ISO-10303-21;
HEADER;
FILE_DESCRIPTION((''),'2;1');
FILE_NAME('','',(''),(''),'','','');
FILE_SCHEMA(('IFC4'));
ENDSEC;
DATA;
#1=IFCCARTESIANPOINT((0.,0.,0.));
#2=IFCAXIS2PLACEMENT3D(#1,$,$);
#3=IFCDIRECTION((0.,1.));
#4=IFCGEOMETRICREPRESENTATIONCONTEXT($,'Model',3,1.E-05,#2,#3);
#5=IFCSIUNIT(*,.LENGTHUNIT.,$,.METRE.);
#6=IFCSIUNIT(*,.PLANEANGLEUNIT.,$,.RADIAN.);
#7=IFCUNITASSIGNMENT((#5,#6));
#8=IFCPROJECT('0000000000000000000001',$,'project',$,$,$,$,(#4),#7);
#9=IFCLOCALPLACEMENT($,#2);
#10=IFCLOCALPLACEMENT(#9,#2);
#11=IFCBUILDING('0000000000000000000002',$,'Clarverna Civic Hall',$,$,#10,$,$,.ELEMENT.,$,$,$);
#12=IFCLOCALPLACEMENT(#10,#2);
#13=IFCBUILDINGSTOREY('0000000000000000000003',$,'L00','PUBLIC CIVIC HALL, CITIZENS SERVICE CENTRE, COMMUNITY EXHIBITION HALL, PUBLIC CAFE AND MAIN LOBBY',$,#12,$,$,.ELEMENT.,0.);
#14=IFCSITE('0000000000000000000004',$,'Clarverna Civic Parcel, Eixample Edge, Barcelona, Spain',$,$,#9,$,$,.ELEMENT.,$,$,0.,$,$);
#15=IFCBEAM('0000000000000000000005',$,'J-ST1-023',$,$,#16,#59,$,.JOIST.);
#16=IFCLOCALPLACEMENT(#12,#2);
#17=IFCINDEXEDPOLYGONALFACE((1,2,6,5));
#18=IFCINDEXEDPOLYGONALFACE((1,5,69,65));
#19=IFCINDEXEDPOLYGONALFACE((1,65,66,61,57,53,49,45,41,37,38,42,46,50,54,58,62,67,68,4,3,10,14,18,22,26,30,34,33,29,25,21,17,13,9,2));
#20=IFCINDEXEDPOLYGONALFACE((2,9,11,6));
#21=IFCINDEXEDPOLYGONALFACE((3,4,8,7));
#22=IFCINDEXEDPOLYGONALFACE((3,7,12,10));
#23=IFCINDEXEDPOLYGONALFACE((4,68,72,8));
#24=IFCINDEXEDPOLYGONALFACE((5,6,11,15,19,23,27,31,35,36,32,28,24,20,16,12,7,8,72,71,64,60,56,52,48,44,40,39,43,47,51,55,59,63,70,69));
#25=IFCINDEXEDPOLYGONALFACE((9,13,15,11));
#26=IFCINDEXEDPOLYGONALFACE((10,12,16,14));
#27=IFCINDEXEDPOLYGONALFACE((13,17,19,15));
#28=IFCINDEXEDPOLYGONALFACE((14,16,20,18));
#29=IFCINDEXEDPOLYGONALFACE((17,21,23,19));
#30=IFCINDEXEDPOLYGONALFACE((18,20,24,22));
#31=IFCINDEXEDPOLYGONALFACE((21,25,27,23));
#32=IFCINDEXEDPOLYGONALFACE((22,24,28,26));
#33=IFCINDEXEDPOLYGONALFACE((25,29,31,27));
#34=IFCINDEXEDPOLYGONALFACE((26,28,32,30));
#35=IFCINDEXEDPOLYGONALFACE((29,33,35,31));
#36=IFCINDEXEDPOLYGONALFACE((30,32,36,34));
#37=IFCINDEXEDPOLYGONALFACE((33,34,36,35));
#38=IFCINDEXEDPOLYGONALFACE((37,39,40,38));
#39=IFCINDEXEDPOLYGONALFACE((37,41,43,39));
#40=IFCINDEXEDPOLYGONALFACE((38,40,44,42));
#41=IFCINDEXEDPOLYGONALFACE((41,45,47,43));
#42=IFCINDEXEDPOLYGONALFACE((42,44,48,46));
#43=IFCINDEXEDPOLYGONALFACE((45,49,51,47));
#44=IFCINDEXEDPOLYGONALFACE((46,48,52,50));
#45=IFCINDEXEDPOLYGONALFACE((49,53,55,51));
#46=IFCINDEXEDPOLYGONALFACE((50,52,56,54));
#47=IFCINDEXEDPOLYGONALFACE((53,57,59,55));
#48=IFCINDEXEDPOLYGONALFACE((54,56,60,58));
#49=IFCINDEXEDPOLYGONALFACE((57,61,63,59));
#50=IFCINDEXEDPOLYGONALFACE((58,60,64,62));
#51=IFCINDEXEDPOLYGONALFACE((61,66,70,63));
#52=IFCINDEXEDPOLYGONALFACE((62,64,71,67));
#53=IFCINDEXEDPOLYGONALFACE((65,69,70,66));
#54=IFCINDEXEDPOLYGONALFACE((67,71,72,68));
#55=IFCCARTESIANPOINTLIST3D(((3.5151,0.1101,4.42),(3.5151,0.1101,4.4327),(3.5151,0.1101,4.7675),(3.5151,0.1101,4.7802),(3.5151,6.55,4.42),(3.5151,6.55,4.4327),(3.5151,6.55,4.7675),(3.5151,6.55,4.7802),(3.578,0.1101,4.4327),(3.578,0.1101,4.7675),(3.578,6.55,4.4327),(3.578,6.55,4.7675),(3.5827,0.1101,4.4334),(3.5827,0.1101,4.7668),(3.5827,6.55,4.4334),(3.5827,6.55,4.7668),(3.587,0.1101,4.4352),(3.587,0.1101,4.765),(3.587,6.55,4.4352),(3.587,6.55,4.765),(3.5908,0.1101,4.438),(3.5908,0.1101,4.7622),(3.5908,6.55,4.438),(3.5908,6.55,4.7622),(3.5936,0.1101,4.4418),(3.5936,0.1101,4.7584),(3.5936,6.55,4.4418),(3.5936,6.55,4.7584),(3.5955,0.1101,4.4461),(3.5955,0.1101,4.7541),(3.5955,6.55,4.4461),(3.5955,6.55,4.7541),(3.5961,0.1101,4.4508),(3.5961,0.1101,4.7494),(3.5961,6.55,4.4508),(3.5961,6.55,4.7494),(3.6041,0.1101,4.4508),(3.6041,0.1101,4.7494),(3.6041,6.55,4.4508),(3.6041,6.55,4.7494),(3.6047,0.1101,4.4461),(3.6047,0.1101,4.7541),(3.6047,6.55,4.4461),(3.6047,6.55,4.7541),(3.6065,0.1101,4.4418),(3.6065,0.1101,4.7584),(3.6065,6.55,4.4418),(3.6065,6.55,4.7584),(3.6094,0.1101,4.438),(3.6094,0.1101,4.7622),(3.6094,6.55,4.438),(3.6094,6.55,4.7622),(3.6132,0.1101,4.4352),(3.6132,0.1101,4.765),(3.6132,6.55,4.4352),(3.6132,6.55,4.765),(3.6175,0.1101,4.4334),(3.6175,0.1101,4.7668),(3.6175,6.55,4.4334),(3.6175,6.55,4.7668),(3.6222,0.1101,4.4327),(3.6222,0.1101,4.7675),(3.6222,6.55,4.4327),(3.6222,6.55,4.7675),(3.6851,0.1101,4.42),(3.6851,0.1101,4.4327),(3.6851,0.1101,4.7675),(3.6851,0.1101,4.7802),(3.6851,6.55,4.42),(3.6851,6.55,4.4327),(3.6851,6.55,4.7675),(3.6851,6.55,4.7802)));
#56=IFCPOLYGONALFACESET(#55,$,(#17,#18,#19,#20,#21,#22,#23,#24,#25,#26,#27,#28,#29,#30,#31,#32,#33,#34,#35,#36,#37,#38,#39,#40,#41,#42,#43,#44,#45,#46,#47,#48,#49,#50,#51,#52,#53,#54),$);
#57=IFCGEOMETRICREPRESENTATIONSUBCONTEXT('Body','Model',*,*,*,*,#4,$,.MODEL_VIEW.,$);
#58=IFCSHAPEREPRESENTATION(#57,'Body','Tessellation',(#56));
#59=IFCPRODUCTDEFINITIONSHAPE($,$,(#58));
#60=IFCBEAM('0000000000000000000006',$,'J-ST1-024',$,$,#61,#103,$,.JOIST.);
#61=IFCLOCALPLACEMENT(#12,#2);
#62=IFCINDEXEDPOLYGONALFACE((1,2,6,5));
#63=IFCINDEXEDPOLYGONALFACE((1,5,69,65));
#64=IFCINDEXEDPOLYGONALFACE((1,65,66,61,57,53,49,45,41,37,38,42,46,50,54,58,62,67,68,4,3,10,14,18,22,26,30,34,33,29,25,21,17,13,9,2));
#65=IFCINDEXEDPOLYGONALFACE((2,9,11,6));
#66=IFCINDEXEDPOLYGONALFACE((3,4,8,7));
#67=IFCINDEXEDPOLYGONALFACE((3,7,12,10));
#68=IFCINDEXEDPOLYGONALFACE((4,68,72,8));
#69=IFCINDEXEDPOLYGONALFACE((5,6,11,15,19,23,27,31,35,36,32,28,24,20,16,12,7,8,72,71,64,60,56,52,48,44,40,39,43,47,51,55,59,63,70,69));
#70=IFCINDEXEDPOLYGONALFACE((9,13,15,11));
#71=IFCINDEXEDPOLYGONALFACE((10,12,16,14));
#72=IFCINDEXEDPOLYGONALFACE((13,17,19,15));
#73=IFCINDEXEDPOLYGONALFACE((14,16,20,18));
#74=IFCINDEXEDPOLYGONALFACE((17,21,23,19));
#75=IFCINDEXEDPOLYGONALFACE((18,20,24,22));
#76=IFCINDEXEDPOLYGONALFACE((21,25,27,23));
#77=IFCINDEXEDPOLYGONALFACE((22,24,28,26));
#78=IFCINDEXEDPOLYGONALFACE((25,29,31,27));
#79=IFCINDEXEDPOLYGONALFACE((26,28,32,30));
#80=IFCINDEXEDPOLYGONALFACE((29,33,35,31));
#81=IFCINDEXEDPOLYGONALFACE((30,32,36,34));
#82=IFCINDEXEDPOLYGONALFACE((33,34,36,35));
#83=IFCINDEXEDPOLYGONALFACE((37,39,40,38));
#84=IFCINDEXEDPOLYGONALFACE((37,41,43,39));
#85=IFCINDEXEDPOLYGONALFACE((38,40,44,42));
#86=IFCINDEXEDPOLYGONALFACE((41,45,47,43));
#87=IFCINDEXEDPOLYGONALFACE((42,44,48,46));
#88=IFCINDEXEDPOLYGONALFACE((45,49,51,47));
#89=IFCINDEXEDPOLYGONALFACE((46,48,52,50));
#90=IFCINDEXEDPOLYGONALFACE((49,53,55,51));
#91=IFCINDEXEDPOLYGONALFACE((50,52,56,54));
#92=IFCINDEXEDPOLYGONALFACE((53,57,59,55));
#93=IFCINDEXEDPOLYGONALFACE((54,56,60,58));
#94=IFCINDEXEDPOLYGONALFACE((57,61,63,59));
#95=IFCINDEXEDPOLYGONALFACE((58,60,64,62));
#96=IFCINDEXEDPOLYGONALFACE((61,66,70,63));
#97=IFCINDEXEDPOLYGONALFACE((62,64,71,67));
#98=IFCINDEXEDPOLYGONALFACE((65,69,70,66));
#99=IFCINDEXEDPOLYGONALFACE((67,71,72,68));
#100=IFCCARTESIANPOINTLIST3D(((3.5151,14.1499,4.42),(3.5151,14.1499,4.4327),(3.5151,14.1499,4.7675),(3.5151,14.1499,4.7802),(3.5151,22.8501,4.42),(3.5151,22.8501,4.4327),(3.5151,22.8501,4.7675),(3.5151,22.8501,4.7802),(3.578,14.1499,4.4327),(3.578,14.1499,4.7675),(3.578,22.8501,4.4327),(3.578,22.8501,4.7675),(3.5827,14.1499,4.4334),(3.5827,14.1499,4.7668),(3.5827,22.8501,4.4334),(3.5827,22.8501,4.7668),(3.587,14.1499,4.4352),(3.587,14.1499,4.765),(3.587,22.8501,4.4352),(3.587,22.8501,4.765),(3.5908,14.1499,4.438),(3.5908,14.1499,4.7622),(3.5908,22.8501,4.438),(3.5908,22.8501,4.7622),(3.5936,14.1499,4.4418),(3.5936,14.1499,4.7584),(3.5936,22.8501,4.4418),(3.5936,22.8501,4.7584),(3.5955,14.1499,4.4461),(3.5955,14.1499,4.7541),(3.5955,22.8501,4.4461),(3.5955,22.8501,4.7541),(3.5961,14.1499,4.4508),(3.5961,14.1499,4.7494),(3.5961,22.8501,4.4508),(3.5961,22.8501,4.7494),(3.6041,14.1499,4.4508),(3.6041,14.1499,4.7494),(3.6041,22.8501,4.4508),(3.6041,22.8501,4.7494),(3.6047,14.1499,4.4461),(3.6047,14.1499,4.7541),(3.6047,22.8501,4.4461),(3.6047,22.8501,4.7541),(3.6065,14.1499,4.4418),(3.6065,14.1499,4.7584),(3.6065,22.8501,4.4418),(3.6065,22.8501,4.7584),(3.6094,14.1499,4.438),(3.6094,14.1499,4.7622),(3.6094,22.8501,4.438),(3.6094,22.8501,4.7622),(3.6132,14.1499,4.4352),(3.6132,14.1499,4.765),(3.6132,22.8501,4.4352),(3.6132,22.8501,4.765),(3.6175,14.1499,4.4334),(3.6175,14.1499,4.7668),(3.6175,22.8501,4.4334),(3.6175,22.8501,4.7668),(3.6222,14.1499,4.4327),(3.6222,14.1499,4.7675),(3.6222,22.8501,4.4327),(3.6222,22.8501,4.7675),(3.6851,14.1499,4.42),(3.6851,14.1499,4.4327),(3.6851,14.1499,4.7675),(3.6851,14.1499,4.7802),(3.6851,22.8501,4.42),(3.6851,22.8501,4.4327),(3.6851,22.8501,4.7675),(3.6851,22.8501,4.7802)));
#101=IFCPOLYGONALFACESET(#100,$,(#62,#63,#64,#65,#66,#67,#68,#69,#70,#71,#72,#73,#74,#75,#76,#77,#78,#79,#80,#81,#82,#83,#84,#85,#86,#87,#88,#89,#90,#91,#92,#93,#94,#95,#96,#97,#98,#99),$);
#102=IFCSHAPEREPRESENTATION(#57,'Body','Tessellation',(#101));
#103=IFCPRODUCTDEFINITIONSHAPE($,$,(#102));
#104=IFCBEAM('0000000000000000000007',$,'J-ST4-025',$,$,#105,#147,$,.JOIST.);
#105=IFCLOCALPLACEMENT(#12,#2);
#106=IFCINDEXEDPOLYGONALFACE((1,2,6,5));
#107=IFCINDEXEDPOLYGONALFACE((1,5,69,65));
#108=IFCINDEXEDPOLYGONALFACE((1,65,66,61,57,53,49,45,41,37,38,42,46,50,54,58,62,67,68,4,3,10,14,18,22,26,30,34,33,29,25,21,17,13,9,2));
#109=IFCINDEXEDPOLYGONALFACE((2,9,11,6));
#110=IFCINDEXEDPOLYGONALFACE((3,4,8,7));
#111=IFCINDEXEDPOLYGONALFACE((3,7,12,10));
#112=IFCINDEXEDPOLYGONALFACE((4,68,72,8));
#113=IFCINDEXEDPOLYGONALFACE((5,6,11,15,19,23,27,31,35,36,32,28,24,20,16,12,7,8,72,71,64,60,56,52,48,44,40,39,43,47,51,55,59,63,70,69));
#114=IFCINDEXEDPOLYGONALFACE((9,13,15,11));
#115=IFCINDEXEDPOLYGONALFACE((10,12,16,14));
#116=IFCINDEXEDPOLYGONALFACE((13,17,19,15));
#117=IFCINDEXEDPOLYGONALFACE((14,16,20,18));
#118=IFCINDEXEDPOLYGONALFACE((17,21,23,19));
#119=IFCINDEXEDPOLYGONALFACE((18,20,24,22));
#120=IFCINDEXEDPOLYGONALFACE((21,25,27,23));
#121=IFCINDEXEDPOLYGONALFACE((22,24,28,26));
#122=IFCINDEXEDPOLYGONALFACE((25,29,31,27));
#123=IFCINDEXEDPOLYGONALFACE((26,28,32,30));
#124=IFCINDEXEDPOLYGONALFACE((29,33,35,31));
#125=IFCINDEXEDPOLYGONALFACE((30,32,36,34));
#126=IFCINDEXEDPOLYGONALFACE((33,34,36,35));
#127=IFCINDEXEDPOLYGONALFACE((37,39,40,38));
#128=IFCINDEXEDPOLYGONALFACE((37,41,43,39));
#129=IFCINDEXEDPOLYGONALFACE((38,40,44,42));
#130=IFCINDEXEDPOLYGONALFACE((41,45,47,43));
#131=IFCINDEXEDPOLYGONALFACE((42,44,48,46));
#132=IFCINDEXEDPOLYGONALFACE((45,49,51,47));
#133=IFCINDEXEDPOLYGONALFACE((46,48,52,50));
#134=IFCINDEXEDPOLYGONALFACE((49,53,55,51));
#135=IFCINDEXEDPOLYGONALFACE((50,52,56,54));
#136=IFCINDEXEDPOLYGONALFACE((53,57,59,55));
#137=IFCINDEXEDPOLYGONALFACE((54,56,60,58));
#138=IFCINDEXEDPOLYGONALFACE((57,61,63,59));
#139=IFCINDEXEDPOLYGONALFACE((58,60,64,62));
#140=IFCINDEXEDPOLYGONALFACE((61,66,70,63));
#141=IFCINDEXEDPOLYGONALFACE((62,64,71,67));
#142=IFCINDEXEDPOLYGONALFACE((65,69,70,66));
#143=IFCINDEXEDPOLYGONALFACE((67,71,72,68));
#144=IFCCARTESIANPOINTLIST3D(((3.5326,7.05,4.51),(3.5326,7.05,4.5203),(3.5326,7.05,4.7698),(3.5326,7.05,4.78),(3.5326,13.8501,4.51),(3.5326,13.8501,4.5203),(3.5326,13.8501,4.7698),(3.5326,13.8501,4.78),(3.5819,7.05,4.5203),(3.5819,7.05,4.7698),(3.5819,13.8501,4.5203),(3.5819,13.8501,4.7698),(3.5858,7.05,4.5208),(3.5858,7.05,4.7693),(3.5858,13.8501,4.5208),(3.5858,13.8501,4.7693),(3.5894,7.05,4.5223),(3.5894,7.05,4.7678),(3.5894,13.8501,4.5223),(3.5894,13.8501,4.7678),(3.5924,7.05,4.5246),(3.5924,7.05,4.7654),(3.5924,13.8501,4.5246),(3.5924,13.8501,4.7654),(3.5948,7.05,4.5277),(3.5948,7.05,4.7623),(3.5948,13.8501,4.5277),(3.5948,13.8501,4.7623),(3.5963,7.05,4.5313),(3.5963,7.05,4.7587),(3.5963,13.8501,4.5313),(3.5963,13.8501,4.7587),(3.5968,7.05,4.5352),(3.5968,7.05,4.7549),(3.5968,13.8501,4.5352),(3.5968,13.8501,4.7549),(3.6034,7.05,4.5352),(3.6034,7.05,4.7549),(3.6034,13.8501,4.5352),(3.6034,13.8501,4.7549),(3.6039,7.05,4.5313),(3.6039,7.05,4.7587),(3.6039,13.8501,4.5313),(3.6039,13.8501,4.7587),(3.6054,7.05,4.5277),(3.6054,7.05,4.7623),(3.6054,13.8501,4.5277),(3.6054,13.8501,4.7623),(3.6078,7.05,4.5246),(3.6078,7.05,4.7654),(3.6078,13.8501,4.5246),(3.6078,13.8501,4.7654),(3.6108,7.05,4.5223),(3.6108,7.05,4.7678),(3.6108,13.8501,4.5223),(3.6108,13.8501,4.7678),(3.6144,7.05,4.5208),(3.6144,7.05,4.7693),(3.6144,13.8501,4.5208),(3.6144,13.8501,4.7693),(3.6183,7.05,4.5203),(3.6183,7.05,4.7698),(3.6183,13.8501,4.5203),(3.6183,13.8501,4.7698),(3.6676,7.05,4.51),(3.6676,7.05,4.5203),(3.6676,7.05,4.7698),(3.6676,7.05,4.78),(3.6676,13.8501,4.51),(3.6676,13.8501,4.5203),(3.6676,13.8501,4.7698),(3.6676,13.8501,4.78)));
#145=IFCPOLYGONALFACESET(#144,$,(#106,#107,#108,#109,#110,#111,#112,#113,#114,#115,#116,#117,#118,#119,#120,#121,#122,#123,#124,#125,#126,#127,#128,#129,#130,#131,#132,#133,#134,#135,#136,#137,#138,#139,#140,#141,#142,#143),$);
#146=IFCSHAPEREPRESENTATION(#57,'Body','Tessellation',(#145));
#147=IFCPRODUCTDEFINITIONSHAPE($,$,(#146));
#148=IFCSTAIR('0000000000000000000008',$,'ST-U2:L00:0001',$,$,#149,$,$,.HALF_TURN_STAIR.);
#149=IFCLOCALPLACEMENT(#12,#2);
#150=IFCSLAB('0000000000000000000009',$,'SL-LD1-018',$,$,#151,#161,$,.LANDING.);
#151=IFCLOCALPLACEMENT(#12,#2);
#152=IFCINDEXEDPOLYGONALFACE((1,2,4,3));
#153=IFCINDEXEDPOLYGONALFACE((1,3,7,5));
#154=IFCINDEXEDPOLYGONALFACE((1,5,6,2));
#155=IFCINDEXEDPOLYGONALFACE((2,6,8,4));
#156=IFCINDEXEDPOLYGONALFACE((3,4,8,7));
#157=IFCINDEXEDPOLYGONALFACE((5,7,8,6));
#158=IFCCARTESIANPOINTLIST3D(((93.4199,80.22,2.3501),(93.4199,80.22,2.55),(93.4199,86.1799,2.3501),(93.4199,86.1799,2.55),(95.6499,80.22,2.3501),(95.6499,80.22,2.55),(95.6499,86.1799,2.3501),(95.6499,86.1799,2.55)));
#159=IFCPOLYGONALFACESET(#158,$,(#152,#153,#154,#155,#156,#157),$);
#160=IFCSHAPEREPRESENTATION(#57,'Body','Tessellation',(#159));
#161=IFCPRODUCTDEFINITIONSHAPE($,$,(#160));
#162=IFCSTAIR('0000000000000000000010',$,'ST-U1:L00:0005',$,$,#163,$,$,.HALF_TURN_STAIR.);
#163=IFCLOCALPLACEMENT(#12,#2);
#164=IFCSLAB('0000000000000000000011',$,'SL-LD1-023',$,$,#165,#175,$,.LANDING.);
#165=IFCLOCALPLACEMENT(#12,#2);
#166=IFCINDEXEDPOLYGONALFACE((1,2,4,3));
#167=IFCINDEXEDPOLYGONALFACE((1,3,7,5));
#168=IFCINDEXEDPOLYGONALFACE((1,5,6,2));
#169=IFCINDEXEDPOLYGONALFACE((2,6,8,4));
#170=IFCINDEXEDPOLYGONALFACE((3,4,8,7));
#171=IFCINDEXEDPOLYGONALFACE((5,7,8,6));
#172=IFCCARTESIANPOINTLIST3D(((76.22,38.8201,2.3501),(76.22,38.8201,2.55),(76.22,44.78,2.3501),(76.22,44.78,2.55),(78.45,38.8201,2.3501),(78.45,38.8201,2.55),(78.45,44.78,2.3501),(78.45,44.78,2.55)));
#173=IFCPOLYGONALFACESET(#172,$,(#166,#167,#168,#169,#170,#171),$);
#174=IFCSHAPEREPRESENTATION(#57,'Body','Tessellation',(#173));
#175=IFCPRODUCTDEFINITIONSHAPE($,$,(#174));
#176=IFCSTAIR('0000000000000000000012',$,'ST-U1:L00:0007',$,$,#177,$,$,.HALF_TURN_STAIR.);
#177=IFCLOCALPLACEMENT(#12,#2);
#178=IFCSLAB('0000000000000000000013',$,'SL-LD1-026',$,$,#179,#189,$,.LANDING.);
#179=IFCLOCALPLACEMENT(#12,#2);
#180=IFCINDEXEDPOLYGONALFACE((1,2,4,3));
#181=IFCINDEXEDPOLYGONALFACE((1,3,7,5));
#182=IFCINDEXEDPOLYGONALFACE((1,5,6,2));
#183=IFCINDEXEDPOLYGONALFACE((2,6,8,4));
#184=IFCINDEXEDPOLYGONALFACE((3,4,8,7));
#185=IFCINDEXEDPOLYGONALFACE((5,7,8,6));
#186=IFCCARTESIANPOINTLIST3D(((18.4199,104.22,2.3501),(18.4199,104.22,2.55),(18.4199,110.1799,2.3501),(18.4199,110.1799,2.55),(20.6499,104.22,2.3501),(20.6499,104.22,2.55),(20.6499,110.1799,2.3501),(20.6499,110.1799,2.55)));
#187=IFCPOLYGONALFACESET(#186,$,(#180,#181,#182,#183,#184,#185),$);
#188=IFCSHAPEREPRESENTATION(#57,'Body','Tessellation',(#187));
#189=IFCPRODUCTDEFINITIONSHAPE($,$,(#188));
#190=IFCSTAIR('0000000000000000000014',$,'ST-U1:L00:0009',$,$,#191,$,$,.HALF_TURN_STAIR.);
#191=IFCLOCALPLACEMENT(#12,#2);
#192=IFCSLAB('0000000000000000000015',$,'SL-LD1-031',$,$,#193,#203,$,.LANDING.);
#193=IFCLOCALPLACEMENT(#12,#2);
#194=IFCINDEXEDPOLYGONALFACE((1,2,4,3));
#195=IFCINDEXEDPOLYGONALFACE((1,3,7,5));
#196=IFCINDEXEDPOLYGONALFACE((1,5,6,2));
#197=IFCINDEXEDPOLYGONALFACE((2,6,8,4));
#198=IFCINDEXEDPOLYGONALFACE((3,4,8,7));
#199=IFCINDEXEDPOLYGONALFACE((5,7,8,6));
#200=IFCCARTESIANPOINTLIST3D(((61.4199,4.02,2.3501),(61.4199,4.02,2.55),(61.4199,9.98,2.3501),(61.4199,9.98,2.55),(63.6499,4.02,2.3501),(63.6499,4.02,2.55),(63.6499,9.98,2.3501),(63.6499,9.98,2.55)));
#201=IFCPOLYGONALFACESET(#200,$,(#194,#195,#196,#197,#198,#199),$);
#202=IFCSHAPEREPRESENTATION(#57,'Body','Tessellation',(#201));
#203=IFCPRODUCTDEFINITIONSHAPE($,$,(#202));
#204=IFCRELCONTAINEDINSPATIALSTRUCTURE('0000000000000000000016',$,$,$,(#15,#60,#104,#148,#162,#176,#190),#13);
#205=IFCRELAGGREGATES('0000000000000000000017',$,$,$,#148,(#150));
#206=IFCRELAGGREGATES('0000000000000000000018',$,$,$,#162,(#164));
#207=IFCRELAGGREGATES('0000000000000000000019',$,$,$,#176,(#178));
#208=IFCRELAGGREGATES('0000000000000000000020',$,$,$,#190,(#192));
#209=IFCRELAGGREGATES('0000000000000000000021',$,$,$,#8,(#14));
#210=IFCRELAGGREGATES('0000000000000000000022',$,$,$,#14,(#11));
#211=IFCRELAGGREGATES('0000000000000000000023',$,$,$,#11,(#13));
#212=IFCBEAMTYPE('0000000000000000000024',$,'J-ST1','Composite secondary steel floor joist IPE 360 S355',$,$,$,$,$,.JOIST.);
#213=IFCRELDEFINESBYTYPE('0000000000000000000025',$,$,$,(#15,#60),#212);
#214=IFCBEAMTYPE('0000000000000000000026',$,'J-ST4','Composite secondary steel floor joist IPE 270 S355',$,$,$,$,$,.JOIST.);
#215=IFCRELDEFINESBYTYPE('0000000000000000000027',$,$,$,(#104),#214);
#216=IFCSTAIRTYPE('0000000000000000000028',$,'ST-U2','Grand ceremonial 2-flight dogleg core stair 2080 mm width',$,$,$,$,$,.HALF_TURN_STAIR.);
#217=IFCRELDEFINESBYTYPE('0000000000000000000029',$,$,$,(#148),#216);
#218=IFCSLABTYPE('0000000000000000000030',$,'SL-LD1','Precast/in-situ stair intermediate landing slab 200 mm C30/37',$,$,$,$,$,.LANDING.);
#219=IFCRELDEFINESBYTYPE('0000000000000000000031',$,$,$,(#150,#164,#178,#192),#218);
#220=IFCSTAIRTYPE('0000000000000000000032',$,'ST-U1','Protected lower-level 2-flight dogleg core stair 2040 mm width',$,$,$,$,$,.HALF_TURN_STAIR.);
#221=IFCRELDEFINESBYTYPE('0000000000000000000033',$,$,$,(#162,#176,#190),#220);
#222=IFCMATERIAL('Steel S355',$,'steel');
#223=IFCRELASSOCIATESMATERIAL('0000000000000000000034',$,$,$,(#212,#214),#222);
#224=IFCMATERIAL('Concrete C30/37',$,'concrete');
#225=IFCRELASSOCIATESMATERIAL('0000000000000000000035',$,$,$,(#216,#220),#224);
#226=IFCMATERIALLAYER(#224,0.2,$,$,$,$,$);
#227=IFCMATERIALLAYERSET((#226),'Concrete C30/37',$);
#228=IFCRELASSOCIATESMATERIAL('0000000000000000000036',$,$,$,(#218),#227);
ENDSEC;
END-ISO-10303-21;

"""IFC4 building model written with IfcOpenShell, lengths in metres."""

from ifc_helpers import new_model, si_unit, direction, frame, origin, origin_2d, place, context, subcontext, project, spatial, polyline, i_section, outline, extrude, material, layer, layer_set, material_profile, profile_set, type_object, element, aggregate, save


model = new_model("IFC4")

# Units and contexts
model_context = context("Model", 3, precision=1e-05, world=origin(), true_north=direction((0.0, 1.0)))
body_context = subcontext(model_context, "Body", "Model", "MODEL_VIEW")
ifc_project = project(units=[si_unit("LENGTHUNIT", "METRE"), si_unit("PLANEANGLEUNIT", "RADIAN")], contexts=[model_context])

# Site, building, storey
site_placement = place(None, origin())
site = spatial("IfcSite", under=ifc_project, at=site_placement, Name="Clarverna Civic Parcel, Eixample Edge, Barcelona, Spain", CompositionType="ELEMENT", RefElevation=0.0)
building_placement = place(site_placement, origin())
building = spatial("IfcBuilding", under=site, at=building_placement, Name="Clarverna Civic Hall", CompositionType="ELEMENT")
storey_placement = place(building_placement, origin())
storey = spatial("IfcBuildingStorey", under=building, at=storey_placement, Name="L00", Description="PUBLIC CIVIC HALL, CITIZENS SERVICE CENTRE, COMMUNITY EXHIBITION HALL, PUBLIC CAFE AND MAIN LOBBY", CompositionType="ELEMENT", Elevation=0.0)

# Beams
ifc_material_1 = material(Name="Steel S355", Category="steel")
ifc_material_profile_1 = material_profile(ifc_material_1, i_section(OverallWidth=0.1699, OverallDepth=0.3601, WebThickness=0.0081, FlangeThickness=0.0127, FilletRadius=0.0181, at=origin_2d()), Name="IPE 360")
ifc_profile_set_1 = profile_set([ifc_material_profile_1], Name="Steel S355")
beam_type_1 = type_object("IfcBeamType", Name="J-ST1", Description="Composite secondary steel floor joist IPE 360 S355", PredefinedType="JOIST", material=ifc_profile_set_1)
beam_1_placement = place(storey_placement, frame((3.6001, 0.1101, 4.6001), z_axis=(0.0, 1.0, 0.0), x_axis=(-1.0, 0.0, 0.0)))
element("IfcBeam", 1, at=beam_1_placement, inside=storey, type_object=beam_type_1, Name="J-ST1-023", PredefinedType="JOIST", context=body_context, shape_type="SweptSolid", body=[
    extrude(i_section(OverallWidth=0.1699, OverallDepth=0.3601, WebThickness=0.0081, FlangeThickness=0.0127, FilletRadius=0.0181, at=origin_2d()), origin(), (0.0, 0.0, 1.0), 6.4399),
])
beam_2_placement = place(storey_placement, frame((3.6001, 14.1499, 4.6001), z_axis=(0.0, 1.0, 0.0), x_axis=(-1.0, 0.0, 0.0)))
element("IfcBeam", 2, at=beam_2_placement, inside=storey, type_object=beam_type_1, Name="J-ST1-024", PredefinedType="JOIST", context=body_context, shape_type="SweptSolid", body=[
    extrude(i_section(OverallWidth=0.1699, OverallDepth=0.3601, WebThickness=0.0081, FlangeThickness=0.0127, FilletRadius=0.0181, at=origin_2d()), origin(), (0.0, 0.0, 1.0), 8.7002),
])
ifc_material_profile_2 = material_profile(ifc_material_1, i_section(OverallWidth=0.135, OverallDepth=0.27, WebThickness=0.0066, FlangeThickness=0.0103, FilletRadius=0.0149, at=origin_2d()), Name="IPE 270")
ifc_profile_set_2 = profile_set([ifc_material_profile_2], Name="Steel S355")
beam_type_2 = type_object("IfcBeamType", Name="J-ST4", Description="Composite secondary steel floor joist IPE 270 S355", PredefinedType="JOIST", material=ifc_profile_set_2)
beam_3_placement = place(storey_placement, frame((3.6001, 7.05, 4.645), z_axis=(0.0, 1.0, 0.0), x_axis=(-1.0, 0.0, 0.0)))
element("IfcBeam", 3, at=beam_3_placement, inside=storey, type_object=beam_type_2, Name="J-ST4-025", PredefinedType="JOIST", context=body_context, shape_type="SweptSolid", body=[
    extrude(i_section(OverallWidth=0.135, OverallDepth=0.27, WebThickness=0.0066, FlangeThickness=0.0103, FilletRadius=0.0149, at=origin_2d()), origin(), (0.0, 0.0, 1.0), 6.8),
])

# Stairs, slabs
ifc_material_2 = material(Name="Concrete C30/37", Category="concrete")
stair_type_1 = type_object("IfcStairType", Name="ST-U2", Description="Grand ceremonial 2-flight dogleg core stair 2080 mm width", PredefinedType="HALF_TURN_STAIR", material=ifc_material_2)
stair_1_placement = place(storey_placement, origin())
stair_1 = element("IfcStair", 4, at=stair_1_placement, inside=storey, type_object=stair_type_1, Name="ST-U2:L00:0001", PredefinedType="HALF_TURN_STAIR")
ifc_layer_1 = layer(ifc_material_2, 0.2)
ifc_layer_set_1 = layer_set([ifc_layer_1], Name="Concrete C30/37")
slab_type = type_object("IfcSlabType", Name="SL-LD1", Description="Precast/in-situ stair intermediate landing slab 200 mm C30/37", PredefinedType="LANDING", material=ifc_layer_set_1)
slab_1_placement = place(storey_placement, frame((0.0, 0.0, 2.3501)))
slab_1 = element("IfcSlab", 5, at=slab_1_placement, type_object=slab_type, Name="SL-LD1-018", PredefinedType="LANDING", context=body_context, shape_type="SweptSolid", body=[
    extrude(outline(polyline([(93.4199, 80.22), (95.6499, 80.22), (95.6499, 86.1799), (93.4199, 86.1799), (93.4199, 80.22)])), origin(), (0.0, 0.0, 1.0), 0.2),
])
aggregate(stair_1, [slab_1])
stair_type_2 = type_object("IfcStairType", Name="ST-U1", Description="Protected lower-level 2-flight dogleg core stair 2040 mm width", PredefinedType="HALF_TURN_STAIR", material=ifc_material_2)
stair_2_placement = place(storey_placement, origin())
stair_2 = element("IfcStair", 6, at=stair_2_placement, inside=storey, type_object=stair_type_2, Name="ST-U1:L00:0005", PredefinedType="HALF_TURN_STAIR")
slab_2_placement = place(storey_placement, frame((0.0, 0.0, 2.3501)))
slab_2 = element("IfcSlab", 7, at=slab_2_placement, type_object=slab_type, Name="SL-LD1-023", PredefinedType="LANDING", context=body_context, shape_type="SweptSolid", body=[
    extrude(outline(polyline([(76.22, 38.8201), (78.45, 38.8201), (78.45, 44.78), (76.22, 44.78), (76.22, 38.8201)])), origin(), (0.0, 0.0, 1.0), 0.2),
])
aggregate(stair_2, [slab_2])
stair_3_placement = place(storey_placement, origin())
stair_3 = element("IfcStair", 8, at=stair_3_placement, inside=storey, type_object=stair_type_2, Name="ST-U1:L00:0007", PredefinedType="HALF_TURN_STAIR")
slab_3_placement = place(storey_placement, frame((0.0, 0.0, 2.3501)))
slab_3 = element("IfcSlab", 9, at=slab_3_placement, type_object=slab_type, Name="SL-LD1-026", PredefinedType="LANDING", context=body_context, shape_type="SweptSolid", body=[
    extrude(outline(polyline([(18.4199, 104.22), (20.6499, 104.22), (20.6499, 110.1799), (18.4199, 110.1799), (18.4199, 104.22)])), origin(), (0.0, 0.0, 1.0), 0.2),
])
aggregate(stair_3, [slab_3])
stair_4_placement = place(storey_placement, origin())
stair_4 = element("IfcStair", 10, at=stair_4_placement, inside=storey, type_object=stair_type_2, Name="ST-U1:L00:0009", PredefinedType="HALF_TURN_STAIR")
slab_4_placement = place(storey_placement, frame((0.0, 0.0, 2.3501)))
slab_4 = element("IfcSlab", 11, at=slab_4_placement, type_object=slab_type, Name="SL-LD1-031", PredefinedType="LANDING", context=body_context, shape_type="SweptSolid", body=[
    extrude(outline(polyline([(61.4199, 4.02), (63.6499, 4.02), (63.6499, 9.98), (61.4199, 9.98), (61.4199, 4.02)])), origin(), (0.0, 0.0, 1.0), 0.2),
])
aggregate(stair_4, [slab_4])

save(model, "model.ifc")
